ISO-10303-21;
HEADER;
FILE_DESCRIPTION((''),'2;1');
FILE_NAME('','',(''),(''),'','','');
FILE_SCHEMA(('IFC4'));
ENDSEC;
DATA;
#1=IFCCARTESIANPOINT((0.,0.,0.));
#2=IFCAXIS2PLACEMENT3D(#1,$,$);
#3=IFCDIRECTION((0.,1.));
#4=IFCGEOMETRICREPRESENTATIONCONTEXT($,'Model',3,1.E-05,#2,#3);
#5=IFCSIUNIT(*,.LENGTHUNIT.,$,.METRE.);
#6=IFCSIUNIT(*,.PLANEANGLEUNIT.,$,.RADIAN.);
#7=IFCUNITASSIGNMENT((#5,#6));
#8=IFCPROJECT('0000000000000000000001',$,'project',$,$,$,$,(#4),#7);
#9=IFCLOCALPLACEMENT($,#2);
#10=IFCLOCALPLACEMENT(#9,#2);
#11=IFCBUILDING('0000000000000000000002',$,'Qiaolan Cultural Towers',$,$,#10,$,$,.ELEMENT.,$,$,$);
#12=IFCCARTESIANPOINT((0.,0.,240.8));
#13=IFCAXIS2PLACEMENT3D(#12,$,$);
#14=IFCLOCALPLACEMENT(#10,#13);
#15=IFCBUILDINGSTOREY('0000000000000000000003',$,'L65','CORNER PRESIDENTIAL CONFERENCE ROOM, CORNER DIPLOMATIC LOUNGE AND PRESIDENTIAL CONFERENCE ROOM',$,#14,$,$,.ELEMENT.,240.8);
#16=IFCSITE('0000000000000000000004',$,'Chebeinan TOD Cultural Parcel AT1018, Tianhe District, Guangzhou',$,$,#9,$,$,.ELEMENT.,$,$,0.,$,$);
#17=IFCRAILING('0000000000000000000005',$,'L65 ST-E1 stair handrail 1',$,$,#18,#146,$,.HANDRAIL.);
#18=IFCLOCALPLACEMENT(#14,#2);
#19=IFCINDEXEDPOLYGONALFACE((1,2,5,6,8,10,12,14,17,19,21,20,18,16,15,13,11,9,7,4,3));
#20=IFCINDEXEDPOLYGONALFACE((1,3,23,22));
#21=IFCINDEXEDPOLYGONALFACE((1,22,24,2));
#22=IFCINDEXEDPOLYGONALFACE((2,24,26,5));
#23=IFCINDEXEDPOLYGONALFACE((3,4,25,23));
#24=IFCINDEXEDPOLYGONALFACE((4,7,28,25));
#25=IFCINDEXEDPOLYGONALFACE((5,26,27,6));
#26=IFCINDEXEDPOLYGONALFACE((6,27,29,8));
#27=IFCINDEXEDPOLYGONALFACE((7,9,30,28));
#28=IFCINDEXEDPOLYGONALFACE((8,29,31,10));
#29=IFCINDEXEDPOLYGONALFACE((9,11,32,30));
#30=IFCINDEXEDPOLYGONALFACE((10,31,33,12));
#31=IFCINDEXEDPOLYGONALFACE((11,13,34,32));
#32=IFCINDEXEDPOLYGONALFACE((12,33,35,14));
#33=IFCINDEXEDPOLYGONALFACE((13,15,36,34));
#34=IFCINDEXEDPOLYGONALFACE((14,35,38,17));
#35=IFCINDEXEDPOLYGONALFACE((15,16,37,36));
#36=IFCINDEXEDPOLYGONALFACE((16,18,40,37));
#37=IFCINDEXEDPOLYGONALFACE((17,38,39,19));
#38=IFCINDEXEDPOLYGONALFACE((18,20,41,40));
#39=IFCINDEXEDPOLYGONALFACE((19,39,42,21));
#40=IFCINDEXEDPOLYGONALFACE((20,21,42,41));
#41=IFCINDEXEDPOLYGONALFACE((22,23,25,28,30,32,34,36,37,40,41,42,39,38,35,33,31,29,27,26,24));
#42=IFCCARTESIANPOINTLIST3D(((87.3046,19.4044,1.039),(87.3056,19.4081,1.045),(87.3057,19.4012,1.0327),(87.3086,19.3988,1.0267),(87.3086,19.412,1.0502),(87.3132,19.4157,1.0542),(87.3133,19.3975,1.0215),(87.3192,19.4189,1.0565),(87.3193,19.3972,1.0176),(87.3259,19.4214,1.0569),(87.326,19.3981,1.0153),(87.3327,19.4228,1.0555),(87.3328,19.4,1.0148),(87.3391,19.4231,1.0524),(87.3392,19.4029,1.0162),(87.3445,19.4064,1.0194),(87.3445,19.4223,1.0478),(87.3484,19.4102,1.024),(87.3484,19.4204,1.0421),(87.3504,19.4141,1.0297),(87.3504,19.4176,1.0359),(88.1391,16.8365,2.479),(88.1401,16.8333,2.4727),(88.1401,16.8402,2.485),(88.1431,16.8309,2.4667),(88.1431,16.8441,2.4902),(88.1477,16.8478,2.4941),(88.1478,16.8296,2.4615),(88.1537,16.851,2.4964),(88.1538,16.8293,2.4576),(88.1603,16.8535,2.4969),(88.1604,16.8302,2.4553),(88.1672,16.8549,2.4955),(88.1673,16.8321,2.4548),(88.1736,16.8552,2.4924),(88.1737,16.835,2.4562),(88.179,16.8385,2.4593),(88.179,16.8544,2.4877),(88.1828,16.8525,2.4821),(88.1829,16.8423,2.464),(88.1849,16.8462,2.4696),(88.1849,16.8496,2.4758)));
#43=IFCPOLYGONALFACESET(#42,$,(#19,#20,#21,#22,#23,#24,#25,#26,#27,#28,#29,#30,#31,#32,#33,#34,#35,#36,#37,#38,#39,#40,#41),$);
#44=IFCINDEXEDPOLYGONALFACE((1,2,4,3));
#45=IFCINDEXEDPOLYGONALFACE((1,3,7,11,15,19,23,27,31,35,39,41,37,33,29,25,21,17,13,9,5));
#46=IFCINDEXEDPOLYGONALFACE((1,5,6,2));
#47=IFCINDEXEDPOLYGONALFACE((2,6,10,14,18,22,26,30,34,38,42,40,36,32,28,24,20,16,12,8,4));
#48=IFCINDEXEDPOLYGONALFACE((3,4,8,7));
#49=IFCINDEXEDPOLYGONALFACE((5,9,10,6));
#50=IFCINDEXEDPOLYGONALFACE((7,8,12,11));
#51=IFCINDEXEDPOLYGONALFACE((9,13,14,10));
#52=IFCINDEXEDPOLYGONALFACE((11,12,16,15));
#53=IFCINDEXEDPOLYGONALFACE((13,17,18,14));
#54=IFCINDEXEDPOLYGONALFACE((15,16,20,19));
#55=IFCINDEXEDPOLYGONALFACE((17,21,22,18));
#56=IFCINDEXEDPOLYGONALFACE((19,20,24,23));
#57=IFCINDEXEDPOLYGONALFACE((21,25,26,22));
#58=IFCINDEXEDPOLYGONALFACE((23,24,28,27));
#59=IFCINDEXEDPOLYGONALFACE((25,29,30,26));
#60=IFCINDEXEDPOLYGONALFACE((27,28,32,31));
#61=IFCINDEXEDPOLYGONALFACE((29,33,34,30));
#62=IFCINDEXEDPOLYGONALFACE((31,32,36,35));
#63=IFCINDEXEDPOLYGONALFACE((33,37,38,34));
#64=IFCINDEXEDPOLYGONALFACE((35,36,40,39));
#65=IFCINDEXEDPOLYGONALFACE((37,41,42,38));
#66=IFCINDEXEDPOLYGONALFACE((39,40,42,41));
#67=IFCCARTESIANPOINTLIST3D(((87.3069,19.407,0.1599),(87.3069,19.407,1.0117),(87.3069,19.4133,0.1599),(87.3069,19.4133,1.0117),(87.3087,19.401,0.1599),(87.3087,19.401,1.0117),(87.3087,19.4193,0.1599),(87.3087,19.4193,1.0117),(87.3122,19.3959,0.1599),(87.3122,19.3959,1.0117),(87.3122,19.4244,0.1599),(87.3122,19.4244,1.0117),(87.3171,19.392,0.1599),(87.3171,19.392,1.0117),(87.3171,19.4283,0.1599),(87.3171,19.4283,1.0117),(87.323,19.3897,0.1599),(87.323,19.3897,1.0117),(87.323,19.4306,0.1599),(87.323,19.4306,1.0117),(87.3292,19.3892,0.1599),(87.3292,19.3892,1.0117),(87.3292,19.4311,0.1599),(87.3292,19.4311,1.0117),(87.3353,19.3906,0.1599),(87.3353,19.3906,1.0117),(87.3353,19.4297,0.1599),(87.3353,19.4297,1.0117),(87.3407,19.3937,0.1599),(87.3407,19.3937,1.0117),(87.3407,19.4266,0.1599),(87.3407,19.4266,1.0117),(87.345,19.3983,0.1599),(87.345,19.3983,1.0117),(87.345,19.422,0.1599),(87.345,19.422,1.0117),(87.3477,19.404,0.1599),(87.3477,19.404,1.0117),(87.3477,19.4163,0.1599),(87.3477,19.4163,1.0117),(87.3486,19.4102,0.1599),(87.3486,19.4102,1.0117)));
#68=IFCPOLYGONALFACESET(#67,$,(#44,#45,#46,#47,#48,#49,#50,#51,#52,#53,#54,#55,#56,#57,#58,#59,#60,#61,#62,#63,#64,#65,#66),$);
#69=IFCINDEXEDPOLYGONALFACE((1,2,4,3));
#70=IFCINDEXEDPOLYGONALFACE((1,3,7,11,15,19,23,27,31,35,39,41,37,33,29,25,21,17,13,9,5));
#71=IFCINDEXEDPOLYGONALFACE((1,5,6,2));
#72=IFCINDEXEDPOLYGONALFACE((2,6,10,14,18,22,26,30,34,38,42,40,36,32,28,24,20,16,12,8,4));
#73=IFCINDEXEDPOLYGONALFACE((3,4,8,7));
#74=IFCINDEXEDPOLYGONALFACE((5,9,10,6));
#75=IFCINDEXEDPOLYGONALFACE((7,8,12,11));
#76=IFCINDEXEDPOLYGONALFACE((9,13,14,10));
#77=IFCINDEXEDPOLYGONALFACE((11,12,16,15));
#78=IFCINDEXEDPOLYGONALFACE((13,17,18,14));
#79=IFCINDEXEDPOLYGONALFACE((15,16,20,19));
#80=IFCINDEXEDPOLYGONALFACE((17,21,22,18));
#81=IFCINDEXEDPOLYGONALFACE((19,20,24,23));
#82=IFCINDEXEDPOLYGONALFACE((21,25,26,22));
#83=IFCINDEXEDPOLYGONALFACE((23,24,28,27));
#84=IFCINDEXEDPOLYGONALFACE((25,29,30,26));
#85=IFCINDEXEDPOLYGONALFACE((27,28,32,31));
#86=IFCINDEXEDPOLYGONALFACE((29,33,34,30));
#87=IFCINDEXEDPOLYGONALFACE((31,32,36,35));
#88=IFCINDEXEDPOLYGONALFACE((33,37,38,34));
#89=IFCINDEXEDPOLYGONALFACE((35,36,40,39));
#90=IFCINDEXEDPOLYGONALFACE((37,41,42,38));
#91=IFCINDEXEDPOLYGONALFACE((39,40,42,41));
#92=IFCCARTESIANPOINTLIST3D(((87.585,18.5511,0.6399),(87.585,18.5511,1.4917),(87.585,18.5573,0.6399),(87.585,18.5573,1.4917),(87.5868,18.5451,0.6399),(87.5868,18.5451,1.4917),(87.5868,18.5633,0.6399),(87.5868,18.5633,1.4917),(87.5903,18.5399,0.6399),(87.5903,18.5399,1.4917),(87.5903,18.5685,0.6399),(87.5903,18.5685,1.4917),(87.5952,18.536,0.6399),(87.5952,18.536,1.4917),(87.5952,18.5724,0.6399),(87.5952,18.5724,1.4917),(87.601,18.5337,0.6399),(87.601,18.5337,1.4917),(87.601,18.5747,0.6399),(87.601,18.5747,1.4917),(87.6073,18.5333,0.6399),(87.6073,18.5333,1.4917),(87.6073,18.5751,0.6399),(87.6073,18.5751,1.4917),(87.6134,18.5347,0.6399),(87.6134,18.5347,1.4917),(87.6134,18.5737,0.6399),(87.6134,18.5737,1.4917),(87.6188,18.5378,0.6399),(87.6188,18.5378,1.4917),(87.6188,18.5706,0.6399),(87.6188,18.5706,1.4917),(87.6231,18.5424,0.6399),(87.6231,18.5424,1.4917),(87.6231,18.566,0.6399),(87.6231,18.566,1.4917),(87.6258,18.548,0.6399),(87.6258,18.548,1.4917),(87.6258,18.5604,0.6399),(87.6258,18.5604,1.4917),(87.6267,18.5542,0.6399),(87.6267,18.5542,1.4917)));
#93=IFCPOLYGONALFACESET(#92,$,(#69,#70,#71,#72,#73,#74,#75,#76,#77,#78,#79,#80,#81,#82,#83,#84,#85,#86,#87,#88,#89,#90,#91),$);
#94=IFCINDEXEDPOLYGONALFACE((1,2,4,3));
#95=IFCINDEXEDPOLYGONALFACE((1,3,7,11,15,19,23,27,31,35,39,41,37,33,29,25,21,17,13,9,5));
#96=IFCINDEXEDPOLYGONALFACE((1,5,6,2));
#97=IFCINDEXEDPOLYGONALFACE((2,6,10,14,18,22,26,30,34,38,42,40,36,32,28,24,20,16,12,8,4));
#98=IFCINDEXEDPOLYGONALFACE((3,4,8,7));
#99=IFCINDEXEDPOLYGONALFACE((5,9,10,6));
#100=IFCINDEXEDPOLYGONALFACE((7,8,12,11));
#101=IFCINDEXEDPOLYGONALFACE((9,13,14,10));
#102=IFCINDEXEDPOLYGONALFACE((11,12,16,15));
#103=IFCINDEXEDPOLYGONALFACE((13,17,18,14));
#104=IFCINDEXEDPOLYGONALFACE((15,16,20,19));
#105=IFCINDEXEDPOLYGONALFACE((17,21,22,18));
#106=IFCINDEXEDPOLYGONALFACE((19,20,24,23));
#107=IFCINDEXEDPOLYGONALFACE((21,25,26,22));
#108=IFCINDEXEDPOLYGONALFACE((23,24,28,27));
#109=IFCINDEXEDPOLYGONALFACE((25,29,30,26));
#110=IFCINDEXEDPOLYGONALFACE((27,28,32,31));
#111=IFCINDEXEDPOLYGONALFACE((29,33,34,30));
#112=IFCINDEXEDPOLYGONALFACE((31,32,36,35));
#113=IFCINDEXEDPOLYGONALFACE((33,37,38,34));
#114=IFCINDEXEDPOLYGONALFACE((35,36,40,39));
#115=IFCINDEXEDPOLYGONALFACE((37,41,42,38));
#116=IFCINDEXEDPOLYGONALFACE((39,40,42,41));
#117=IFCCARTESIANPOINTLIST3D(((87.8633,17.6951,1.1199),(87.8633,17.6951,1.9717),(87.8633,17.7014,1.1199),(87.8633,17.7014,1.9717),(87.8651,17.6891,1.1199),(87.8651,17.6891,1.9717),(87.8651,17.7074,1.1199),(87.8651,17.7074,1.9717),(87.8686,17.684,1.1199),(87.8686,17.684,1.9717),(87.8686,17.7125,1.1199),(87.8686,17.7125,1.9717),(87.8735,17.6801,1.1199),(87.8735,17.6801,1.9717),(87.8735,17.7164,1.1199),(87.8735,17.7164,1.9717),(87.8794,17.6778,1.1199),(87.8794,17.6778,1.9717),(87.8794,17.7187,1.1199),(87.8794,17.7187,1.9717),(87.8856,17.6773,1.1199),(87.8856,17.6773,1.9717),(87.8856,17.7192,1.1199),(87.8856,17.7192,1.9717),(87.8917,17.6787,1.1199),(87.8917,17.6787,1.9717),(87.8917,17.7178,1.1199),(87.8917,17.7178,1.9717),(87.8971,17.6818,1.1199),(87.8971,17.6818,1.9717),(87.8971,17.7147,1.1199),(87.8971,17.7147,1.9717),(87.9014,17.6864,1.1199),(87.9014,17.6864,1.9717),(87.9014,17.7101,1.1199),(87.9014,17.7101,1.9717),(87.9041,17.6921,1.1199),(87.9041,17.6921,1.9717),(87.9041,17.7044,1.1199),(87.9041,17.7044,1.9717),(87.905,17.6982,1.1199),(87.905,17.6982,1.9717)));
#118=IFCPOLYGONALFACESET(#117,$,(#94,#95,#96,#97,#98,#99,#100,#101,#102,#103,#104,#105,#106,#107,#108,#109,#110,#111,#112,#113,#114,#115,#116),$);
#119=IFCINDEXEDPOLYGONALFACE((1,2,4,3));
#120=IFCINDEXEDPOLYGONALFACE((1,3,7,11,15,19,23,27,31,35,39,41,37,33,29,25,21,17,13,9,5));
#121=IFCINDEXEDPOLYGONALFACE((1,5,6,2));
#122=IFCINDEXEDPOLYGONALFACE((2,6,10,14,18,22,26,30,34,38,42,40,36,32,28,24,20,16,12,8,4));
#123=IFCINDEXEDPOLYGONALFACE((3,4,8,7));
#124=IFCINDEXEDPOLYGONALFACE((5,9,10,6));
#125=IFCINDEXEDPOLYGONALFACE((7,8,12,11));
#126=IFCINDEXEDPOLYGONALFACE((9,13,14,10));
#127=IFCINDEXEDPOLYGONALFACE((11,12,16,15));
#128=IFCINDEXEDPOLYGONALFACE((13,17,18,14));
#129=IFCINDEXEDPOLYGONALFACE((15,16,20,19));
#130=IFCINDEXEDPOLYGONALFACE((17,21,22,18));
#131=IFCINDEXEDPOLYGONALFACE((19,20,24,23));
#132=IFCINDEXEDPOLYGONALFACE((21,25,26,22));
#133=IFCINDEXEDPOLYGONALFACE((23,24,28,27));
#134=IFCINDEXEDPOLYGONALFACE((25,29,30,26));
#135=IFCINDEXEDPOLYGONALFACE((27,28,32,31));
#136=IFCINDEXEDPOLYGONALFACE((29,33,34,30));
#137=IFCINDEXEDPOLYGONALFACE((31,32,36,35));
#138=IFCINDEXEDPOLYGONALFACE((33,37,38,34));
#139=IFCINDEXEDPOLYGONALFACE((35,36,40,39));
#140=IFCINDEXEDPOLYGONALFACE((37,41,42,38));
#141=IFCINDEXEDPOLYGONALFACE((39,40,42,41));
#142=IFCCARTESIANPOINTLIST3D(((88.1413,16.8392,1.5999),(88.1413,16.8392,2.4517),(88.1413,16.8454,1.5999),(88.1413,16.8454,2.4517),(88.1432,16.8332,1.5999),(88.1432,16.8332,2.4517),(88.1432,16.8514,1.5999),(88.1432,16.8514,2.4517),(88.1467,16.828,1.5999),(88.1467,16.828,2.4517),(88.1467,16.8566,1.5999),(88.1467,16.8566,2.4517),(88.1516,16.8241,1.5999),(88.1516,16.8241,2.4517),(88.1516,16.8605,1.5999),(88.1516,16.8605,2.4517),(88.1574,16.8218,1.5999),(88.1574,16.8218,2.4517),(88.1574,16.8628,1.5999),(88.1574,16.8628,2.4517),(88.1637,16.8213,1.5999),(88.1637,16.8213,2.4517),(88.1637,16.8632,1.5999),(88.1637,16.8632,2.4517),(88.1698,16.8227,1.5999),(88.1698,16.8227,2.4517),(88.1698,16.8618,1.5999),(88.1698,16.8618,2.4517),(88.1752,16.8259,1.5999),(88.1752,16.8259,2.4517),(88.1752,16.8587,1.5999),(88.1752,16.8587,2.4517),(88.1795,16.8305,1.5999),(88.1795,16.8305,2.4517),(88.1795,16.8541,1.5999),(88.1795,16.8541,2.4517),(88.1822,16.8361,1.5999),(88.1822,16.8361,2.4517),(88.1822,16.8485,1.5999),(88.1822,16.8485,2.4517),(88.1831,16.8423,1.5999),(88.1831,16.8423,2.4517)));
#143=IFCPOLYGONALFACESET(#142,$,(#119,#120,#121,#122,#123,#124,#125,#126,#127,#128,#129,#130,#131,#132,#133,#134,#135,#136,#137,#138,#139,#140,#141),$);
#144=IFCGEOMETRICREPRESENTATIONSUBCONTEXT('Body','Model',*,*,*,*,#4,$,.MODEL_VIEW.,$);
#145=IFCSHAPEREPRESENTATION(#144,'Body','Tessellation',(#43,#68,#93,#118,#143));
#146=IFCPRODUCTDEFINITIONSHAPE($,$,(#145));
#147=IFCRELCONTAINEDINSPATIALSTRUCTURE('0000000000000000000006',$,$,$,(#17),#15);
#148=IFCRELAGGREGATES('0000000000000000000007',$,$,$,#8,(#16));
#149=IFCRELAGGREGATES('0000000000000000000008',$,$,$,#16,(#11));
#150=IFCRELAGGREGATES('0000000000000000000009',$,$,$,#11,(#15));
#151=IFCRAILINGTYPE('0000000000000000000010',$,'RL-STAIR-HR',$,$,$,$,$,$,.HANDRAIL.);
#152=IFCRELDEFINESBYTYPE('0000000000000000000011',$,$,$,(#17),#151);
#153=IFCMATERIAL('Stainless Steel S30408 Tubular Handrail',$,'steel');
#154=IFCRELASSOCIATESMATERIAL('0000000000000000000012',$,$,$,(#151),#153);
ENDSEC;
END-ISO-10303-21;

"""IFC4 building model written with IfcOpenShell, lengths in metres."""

from ifc_helpers import new_model, si_unit, direction, frame, origin, origin_2d, place, context, subcontext, project, spatial, circle, extrude, material, type_object, element, save


model = new_model("IFC4")

# Units and contexts
model_context = context("Model", 3, precision=1e-05, world=origin(), true_north=direction((0.0, 1.0)))
body_context = subcontext(model_context, "Body", "Model", "MODEL_VIEW")
ifc_project = project(units=[si_unit("LENGTHUNIT", "METRE"), si_unit("PLANEANGLEUNIT", "RADIAN")], contexts=[model_context])

# Site, building, storey
site_placement = place(None, origin())
site = spatial("IfcSite", under=ifc_project, at=site_placement, Name="Chebeinan TOD Cultural Parcel AT1018, Tianhe District, Guangzhou", CompositionType="ELEMENT", RefElevation=0.0)
building_placement = place(site_placement, origin())
building = spatial("IfcBuilding", under=site, at=building_placement, Name="Qiaolan Cultural Towers", CompositionType="ELEMENT")
storey_placement = place(building_placement, frame((0.0, 0.0, 240.8)))
storey = spatial("IfcBuildingStorey", under=building, at=storey_placement, Name="L65", Description="CORNER PRESIDENTIAL CONFERENCE ROOM, CORNER DIPLOMATIC LOUNGE AND PRESIDENTIAL CONFERENCE ROOM", CompositionType="ELEMENT", Elevation=240.8)

# Railing
ifc_material_1 = material(Name="Stainless Steel S30408 Tubular Handrail", Category="steel")
railing_type_1 = type_object("IfcRailingType", Name="RL-STAIR-HR", PredefinedType="HANDRAIL", material=ifc_material_1)
railing_1_placement = place(storey_placement, frame((87.3276, 19.4102, 0.1599)))
element("IfcRailing", 1, at=railing_1_placement, inside=storey, type_object=railing_type_1, Name="L65 ST-E1 stair handrail 1", PredefinedType="HANDRAIL", context=body_context, shape_type="SweptSolid", body=[
    extrude(circle(Radius=0.0239, at=origin_2d()), frame((0.0, 0.0, 0.876), z_axis=(0.272701, -0.839167, 0.470566), x_axis=(0.951043, 0.309057, 0.0)), (0.0, 0.0, 1.0), 3.0601),
    extrude(circle(Radius=0.021, at=origin_2d()), origin(), (0.0, 0.0, 1.0), 0.8518),
    extrude(circle(Radius=0.021, at=origin_2d()), frame((0.2781, -0.856, 0.48)), (0.0, 0.0, 1.0), 0.8518),
    extrude(circle(Radius=0.021, at=origin_2d()), frame((0.5564, -1.7119, 0.96)), (0.0, 0.0, 1.0), 0.8518),
    extrude(circle(Radius=0.021, at=origin_2d()), frame((0.8345, -2.5679, 1.4399)), (0.0, 0.0, 1.0), 0.8518),
])

save(model, "model.ifc")
